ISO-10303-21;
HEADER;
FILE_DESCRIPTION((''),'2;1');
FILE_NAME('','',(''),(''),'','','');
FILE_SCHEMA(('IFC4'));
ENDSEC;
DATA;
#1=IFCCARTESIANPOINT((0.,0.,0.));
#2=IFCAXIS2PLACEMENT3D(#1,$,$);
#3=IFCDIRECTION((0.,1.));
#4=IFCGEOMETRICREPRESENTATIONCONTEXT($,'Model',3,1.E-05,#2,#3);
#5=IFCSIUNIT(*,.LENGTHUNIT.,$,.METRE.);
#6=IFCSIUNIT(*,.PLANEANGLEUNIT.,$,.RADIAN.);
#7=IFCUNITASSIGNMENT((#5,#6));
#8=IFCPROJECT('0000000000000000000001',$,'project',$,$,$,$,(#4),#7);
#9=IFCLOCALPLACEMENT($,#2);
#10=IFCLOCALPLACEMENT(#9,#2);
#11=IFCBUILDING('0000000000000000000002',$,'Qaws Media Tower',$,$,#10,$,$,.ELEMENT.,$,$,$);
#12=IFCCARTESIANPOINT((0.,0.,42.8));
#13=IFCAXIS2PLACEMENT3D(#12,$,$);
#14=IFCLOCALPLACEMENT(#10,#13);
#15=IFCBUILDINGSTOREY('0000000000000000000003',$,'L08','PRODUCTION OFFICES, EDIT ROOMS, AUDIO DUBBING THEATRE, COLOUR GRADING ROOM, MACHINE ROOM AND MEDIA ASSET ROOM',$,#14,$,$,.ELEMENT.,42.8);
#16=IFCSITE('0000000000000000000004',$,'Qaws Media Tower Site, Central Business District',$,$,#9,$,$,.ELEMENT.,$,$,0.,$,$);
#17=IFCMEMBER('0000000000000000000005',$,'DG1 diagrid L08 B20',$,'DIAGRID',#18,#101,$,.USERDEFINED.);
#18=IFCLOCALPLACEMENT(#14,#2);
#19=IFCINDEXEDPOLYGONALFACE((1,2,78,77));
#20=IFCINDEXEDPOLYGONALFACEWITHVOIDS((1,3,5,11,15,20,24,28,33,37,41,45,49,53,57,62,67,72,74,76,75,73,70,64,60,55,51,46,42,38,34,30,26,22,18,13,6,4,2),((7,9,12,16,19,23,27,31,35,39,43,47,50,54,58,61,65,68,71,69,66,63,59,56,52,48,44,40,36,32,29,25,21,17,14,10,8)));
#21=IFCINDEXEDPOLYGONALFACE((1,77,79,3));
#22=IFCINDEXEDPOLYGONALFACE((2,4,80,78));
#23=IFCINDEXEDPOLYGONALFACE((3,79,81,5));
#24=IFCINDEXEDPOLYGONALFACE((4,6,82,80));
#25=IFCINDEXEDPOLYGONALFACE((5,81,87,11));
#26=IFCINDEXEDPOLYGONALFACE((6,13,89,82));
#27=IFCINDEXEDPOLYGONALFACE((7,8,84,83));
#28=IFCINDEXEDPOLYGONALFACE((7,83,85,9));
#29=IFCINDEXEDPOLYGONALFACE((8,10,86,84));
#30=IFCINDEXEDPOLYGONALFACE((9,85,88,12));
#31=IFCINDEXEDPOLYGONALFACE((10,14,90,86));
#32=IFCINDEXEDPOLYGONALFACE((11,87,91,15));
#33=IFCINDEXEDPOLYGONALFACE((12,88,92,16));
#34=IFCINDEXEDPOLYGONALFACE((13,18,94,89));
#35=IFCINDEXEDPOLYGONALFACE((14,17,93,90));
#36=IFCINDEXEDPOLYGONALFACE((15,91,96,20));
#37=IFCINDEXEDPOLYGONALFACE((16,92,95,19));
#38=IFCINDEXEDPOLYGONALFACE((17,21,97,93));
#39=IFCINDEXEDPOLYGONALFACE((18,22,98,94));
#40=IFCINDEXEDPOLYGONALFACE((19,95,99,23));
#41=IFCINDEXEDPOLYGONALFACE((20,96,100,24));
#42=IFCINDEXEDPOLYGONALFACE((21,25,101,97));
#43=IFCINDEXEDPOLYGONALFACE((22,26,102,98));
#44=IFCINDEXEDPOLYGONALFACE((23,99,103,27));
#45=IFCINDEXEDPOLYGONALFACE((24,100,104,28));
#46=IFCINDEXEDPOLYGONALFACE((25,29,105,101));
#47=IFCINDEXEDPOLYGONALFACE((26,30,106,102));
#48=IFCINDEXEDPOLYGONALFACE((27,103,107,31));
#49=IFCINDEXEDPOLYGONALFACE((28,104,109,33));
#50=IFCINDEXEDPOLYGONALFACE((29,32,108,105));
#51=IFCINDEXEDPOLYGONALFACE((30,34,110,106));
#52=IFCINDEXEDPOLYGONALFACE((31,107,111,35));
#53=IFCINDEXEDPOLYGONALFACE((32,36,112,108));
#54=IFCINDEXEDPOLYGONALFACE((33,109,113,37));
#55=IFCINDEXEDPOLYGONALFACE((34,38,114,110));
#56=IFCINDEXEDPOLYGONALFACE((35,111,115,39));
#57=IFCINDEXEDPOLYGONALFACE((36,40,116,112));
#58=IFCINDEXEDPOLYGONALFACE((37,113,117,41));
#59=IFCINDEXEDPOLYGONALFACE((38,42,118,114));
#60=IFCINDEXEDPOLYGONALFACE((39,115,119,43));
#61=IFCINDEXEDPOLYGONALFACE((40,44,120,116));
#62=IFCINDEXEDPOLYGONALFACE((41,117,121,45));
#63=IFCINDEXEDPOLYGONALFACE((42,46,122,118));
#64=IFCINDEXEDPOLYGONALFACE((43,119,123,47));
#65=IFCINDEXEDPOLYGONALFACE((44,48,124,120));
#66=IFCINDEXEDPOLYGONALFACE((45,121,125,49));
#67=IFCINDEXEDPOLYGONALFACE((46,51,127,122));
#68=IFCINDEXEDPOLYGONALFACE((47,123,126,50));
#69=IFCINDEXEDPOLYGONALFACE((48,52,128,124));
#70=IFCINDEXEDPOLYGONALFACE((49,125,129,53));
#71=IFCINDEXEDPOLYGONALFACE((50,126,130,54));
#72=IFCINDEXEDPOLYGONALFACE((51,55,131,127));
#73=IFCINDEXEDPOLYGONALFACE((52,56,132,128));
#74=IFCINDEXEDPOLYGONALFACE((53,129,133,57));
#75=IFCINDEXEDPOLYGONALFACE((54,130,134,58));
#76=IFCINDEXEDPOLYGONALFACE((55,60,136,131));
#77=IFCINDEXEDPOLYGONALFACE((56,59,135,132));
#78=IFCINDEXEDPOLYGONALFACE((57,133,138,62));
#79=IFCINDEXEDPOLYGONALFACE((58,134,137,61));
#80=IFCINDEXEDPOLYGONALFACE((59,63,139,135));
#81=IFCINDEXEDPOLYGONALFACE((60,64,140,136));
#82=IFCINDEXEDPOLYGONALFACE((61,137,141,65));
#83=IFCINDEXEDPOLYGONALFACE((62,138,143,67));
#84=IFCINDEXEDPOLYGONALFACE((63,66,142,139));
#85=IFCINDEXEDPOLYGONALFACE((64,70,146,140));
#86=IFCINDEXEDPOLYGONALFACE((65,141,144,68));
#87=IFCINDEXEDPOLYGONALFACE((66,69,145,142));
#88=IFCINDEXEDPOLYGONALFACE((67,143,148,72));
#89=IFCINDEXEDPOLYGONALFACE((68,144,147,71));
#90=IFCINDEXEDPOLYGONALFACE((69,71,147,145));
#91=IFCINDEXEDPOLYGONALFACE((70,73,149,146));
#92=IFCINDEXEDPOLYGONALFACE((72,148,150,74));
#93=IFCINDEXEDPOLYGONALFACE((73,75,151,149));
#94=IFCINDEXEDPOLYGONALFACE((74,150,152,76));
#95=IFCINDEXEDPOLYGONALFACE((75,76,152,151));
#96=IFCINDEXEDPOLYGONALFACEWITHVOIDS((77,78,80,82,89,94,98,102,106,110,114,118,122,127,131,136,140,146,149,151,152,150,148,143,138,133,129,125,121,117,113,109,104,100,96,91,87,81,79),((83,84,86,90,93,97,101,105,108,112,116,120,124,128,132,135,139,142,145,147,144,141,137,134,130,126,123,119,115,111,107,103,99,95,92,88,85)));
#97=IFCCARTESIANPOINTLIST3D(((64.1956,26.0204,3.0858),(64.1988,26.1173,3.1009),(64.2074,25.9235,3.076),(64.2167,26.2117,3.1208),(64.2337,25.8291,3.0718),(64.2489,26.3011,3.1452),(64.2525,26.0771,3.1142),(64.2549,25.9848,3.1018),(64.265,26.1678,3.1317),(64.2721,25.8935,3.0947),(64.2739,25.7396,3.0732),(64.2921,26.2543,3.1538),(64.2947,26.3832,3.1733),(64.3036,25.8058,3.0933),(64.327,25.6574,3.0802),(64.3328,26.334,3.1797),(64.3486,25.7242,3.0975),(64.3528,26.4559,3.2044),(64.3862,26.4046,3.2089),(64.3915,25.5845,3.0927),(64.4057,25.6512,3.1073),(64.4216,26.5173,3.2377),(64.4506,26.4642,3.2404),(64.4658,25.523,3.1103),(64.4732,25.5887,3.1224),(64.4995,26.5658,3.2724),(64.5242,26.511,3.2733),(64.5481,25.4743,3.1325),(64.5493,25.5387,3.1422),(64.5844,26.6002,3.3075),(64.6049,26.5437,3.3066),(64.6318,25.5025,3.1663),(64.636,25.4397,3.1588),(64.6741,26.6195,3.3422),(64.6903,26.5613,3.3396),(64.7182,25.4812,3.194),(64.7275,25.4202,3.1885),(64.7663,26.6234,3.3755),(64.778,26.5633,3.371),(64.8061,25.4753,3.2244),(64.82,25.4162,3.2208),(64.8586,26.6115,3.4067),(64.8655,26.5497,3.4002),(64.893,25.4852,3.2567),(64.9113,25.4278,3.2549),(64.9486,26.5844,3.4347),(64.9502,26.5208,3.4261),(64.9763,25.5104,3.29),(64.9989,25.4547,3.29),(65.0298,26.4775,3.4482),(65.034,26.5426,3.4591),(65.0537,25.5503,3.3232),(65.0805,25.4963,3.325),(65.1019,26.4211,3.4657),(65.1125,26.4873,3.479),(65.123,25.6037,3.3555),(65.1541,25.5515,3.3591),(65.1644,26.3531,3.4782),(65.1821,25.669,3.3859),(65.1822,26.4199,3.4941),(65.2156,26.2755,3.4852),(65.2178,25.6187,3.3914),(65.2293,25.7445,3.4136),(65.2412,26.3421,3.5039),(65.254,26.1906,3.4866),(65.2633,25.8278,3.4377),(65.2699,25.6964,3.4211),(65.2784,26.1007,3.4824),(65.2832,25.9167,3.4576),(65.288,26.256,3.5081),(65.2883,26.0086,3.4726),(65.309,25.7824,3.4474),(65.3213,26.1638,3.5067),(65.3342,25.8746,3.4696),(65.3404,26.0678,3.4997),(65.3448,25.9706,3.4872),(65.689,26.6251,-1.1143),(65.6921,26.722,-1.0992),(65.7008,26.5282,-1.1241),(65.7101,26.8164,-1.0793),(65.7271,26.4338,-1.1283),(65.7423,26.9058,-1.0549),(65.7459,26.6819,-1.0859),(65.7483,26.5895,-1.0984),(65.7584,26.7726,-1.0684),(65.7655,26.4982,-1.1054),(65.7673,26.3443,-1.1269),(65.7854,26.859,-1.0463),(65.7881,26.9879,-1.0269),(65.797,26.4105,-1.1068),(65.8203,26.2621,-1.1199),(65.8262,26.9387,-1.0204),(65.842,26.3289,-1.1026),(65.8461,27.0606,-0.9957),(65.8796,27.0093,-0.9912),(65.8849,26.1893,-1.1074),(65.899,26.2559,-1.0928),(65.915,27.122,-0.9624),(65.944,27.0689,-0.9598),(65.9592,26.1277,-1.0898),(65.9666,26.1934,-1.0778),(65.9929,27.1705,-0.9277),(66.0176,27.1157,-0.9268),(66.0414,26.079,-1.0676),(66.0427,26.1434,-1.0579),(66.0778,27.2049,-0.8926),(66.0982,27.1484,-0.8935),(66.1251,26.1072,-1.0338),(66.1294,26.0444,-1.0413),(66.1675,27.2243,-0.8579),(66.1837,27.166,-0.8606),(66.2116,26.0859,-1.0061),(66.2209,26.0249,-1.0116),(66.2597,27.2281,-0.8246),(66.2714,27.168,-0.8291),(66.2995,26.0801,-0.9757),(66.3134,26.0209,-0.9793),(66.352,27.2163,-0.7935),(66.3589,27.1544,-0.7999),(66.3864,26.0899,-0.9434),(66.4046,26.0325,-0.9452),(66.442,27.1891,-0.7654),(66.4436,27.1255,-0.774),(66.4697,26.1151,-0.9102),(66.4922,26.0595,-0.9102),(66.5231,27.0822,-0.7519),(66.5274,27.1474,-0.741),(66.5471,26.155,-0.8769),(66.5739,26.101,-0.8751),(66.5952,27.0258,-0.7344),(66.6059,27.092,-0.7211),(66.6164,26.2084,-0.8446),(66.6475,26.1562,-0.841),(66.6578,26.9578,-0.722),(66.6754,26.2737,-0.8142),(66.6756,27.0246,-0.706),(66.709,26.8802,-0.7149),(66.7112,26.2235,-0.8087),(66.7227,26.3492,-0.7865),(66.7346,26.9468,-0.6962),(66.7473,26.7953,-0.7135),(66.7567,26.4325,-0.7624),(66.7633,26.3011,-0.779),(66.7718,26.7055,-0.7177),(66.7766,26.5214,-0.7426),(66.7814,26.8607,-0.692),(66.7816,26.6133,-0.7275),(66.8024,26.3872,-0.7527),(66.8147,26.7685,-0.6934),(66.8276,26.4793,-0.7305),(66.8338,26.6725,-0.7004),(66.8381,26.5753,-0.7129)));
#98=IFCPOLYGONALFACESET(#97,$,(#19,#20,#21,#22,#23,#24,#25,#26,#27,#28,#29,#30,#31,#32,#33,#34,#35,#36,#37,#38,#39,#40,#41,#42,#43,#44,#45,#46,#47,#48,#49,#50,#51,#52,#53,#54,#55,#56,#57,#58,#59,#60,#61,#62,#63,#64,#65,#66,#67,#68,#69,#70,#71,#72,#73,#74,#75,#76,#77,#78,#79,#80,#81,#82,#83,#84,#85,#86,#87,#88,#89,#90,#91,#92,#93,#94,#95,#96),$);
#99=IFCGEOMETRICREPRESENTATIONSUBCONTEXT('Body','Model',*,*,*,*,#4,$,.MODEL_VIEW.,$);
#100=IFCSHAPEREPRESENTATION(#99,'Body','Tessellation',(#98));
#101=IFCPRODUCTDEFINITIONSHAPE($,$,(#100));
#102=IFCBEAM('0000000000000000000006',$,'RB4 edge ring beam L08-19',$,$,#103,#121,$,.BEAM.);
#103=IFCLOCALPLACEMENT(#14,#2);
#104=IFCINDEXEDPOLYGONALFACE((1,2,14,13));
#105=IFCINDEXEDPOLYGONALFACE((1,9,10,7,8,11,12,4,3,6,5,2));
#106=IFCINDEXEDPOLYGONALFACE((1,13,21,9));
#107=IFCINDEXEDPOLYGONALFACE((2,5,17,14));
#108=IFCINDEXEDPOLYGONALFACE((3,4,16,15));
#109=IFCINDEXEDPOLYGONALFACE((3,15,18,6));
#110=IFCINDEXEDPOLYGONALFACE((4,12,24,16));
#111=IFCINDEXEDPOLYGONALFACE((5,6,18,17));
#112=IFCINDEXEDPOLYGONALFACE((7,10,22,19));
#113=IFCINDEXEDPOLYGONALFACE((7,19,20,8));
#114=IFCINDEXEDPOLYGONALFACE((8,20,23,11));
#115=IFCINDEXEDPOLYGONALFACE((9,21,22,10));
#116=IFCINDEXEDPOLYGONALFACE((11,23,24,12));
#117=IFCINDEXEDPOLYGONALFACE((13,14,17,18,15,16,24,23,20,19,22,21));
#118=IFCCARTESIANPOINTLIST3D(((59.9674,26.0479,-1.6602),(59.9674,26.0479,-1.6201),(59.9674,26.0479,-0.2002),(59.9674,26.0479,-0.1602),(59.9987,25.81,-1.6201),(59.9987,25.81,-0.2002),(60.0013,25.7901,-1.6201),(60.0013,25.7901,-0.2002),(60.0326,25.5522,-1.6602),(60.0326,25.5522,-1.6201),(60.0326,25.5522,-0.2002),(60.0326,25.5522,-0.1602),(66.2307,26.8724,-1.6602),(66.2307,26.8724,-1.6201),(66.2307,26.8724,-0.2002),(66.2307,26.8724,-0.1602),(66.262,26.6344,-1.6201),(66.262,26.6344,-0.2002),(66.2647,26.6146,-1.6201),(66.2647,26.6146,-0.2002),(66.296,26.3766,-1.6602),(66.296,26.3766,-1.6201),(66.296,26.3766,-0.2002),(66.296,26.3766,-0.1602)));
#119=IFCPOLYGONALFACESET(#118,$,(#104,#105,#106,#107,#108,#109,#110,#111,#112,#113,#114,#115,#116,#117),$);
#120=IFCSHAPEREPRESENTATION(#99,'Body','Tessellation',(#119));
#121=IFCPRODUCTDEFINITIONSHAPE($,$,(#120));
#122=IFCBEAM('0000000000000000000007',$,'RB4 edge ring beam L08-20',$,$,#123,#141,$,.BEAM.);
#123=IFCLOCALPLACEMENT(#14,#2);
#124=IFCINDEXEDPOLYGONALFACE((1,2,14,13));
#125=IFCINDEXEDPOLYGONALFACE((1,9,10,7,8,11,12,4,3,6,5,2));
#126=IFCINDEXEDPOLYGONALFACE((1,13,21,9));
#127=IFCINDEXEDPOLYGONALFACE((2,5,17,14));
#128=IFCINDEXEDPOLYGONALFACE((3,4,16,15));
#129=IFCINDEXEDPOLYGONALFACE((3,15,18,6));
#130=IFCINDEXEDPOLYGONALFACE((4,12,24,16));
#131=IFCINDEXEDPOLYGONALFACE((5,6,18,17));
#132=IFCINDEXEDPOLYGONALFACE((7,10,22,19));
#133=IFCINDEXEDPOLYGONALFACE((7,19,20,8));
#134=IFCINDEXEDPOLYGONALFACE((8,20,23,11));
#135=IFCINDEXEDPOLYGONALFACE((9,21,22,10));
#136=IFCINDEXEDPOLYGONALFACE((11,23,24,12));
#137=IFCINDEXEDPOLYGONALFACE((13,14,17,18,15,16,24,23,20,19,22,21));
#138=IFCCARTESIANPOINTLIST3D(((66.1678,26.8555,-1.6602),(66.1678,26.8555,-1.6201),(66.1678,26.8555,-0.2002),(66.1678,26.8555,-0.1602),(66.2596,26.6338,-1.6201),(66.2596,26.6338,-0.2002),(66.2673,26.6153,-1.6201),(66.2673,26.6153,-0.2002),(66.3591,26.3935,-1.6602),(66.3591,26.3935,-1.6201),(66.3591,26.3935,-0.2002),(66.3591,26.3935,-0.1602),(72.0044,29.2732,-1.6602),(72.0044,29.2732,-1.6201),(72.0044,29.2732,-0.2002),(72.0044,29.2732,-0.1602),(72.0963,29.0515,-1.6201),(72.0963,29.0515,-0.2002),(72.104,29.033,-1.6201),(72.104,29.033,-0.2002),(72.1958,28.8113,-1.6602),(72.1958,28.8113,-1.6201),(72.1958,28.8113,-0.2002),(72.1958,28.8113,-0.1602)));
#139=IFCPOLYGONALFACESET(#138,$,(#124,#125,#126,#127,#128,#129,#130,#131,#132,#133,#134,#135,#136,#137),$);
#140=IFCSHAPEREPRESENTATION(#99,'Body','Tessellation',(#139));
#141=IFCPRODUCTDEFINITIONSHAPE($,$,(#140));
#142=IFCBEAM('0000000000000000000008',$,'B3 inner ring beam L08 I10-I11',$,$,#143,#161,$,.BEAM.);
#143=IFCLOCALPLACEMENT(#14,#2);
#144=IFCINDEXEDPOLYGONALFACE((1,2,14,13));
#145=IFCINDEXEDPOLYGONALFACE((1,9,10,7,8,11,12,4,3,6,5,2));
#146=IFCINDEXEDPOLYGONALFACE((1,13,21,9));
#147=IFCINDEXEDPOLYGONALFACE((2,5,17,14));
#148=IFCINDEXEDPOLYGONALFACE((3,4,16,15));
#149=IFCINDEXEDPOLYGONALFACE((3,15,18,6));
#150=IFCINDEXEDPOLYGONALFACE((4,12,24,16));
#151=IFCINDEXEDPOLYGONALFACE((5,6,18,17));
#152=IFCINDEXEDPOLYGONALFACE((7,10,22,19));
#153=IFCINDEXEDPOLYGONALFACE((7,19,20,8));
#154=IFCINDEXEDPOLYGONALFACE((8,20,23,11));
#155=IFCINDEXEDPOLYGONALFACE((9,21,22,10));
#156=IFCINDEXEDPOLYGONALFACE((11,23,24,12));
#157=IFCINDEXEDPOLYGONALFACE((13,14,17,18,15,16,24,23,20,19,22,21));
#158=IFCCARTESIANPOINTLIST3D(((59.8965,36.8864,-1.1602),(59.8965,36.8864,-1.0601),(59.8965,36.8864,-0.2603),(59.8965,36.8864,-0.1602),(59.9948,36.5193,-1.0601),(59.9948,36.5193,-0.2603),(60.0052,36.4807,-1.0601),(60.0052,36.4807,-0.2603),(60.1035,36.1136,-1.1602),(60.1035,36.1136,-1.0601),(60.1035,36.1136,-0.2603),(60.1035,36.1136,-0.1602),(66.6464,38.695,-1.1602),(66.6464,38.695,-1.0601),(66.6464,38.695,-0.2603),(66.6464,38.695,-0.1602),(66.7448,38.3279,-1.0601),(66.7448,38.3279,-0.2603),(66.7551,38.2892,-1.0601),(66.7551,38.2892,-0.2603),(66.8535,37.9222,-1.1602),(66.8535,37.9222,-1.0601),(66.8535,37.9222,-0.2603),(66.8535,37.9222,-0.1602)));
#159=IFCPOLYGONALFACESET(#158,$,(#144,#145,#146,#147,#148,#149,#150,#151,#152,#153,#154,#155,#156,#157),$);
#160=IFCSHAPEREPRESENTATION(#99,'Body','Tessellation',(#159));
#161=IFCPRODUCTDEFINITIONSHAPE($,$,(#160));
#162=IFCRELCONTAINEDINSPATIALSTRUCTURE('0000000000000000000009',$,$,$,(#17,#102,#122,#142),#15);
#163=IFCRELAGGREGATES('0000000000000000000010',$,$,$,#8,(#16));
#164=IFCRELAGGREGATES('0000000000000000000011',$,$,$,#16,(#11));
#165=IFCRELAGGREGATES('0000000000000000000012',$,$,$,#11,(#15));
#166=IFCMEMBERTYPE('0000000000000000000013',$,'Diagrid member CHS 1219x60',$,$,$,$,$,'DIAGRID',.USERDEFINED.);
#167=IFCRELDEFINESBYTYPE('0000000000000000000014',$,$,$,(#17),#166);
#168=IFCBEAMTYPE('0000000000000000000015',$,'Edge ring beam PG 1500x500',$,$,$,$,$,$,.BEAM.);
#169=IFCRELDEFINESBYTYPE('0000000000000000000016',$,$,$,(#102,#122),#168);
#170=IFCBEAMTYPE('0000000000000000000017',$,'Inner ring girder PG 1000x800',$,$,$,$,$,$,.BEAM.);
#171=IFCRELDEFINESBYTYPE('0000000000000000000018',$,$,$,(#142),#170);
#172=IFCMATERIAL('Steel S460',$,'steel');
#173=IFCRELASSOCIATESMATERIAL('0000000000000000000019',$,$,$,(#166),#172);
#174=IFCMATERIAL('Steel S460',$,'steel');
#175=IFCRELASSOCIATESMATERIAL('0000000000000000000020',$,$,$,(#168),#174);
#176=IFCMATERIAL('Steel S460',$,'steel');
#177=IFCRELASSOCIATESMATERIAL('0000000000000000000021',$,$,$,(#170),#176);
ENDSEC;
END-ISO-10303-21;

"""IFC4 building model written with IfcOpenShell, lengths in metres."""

from ifc_helpers import new_model, si_unit, direction, frame, origin, origin_2d, place, context, subcontext, project, spatial, hollow_circle, i_section, extrude, material, material_profile, profile_set, type_object, element, save


model = new_model("IFC4")

# Units and contexts
model_context = context("Model", 3, precision=1e-05, world=origin(), true_north=direction((0.0, 1.0)))
body_context = subcontext(model_context, "Body", "Model", "MODEL_VIEW")
ifc_project = project(units=[si_unit("LENGTHUNIT", "METRE"), si_unit("PLANEANGLEUNIT", "RADIAN")], contexts=[model_context])

# Site, building, storey
site_placement = place(None, origin())
site = spatial("IfcSite", under=ifc_project, at=site_placement, Name="Qaws Media Tower Site, Central Business District", CompositionType="ELEMENT", RefElevation=0.0)
building_placement = place(site_placement, origin())
building = spatial("IfcBuilding", under=site, at=building_placement, Name="Qaws Media Tower", CompositionType="ELEMENT")
storey_placement = place(building_placement, frame((0.0, 0.0, 42.8)))
storey = spatial("IfcBuildingStorey", under=building, at=storey_placement, Name="L08", Description="PRODUCTION OFFICES, EDIT ROOMS, AUDIO DUBBING THEATRE, COLOUR GRADING ROOM, MACHINE ROOM AND MEDIA ASSET ROOM", CompositionType="ELEMENT", Elevation=42.8)

# Member
ifc_material_1 = material(Name="Steel S460", Category="steel")
ifc_material_profile_1 = material_profile(ifc_material_1, hollow_circle(Radius=0.6096, WallThickness=0.0601, at=origin_2d()), Name="CHS 1219x60")
ifc_profile_set_1 = profile_set([ifc_material_profile_1], Name="Steel S460")
member_type_1 = type_object("IfcMemberType", Name="Diagrid member CHS 1219x60", ElementType="DIAGRID", PredefinedType="USERDEFINED", material=ifc_profile_set_1)
for number, where, z_axis, x_axis, name in (
    (1, (66.2634, 26.6245, -0.9102), (-0.33197, -0.134427, 0.933662), (0.375332, -0.92689, 0.0), "DG1 diagrid L08 B20"),
):
    element("IfcMember", number, at=place(storey_placement, frame(where, z_axis=z_axis, x_axis=x_axis)), inside=storey, type_object=member_type_1, Name=name, ObjectType="DIAGRID", PredefinedType="USERDEFINED", context=body_context, shape_type="SweptSolid", body=[
        extrude(hollow_circle(Radius=0.6096, WallThickness=0.0601, at=origin_2d()), origin(), (0.0, 0.0, 1.0), 4.4985),
    ])

# Beams
ifc_material_2 = material(Name="Steel S460", Category="steel")
ifc_material_profile_2 = material_profile(ifc_material_2, i_section(OverallWidth=0.5, OverallDepth=1.5, WebThickness=0.02, FlangeThickness=0.04, at=origin_2d()), Name="PG 1500x500")
ifc_profile_set_2 = profile_set([ifc_material_profile_2], Name="Steel S460")
beam_type_1 = type_object("IfcBeamType", Name="Edge ring beam PG 1500x500", PredefinedType="BEAM", material=ifc_profile_set_2)
beam_1_placement = place(storey_placement, frame((60.0, 25.8, -0.9102), z_axis=(0.991448, 0.130505, 0.0), x_axis=(-0.130505, 0.991448, 0.0)))
element("IfcBeam", 2, at=beam_1_placement, inside=storey, type_object=beam_type_1, Name="RB4 edge ring beam L08-19", PredefinedType="BEAM", context=body_context, shape_type="SweptSolid", body=[
    extrude(i_section(OverallWidth=0.5, OverallDepth=1.5, WebThickness=0.02, FlangeThickness=0.04, at=origin_2d()), origin(), (0.0, 0.0, 1.0), 6.3174),
])
beam_2_placement = place(storey_placement, frame((66.2634, 26.6245, -0.9102), z_axis=(0.923874, 0.382697, 0.0), x_axis=(-0.382697, 0.923874, 0.0)))
element("IfcBeam", 3, at=beam_2_placement, inside=storey, type_object=beam_type_1, Name="RB4 edge ring beam L08-20", PredefinedType="BEAM", context=body_context, shape_type="SweptSolid", body=[
    extrude(i_section(OverallWidth=0.5, OverallDepth=1.5, WebThickness=0.02, FlangeThickness=0.04, at=origin_2d()), origin(), (0.0, 0.0, 1.0), 6.3176),
])
ifc_material_3 = material(Name="Steel S460", Category="steel")
ifc_material_profile_3 = material_profile(ifc_material_3, i_section(OverallWidth=0.8, OverallDepth=1.0, WebThickness=0.04, FlangeThickness=0.1001, at=origin_2d()), Name="PG 1000x800")
ifc_profile_set_3 = profile_set([ifc_material_profile_3], Name="Steel S460")
beam_type_2 = type_object("IfcBeamType", Name="Inner ring girder PG 1000x800", PredefinedType="BEAM", material=ifc_profile_set_3)
beam_3_placement = place(storey_placement, frame((60.0, 36.5, -0.6602), z_axis=(0.965928, 0.258811, 0.0), x_axis=(-0.258811, 0.965928, 0.0)))
element("IfcBeam", 4, at=beam_3_placement, inside=storey, type_object=beam_type_2, Name="B3 inner ring beam L08 I10-I11", PredefinedType="BEAM", context=body_context, shape_type="SweptSolid", body=[
    extrude(i_section(OverallWidth=0.8, OverallDepth=1.0, WebThickness=0.04, FlangeThickness=0.1001, at=origin_2d()), origin(), (0.0, 0.0, 1.0), 6.988),
])

save(model, "model.ifc")
